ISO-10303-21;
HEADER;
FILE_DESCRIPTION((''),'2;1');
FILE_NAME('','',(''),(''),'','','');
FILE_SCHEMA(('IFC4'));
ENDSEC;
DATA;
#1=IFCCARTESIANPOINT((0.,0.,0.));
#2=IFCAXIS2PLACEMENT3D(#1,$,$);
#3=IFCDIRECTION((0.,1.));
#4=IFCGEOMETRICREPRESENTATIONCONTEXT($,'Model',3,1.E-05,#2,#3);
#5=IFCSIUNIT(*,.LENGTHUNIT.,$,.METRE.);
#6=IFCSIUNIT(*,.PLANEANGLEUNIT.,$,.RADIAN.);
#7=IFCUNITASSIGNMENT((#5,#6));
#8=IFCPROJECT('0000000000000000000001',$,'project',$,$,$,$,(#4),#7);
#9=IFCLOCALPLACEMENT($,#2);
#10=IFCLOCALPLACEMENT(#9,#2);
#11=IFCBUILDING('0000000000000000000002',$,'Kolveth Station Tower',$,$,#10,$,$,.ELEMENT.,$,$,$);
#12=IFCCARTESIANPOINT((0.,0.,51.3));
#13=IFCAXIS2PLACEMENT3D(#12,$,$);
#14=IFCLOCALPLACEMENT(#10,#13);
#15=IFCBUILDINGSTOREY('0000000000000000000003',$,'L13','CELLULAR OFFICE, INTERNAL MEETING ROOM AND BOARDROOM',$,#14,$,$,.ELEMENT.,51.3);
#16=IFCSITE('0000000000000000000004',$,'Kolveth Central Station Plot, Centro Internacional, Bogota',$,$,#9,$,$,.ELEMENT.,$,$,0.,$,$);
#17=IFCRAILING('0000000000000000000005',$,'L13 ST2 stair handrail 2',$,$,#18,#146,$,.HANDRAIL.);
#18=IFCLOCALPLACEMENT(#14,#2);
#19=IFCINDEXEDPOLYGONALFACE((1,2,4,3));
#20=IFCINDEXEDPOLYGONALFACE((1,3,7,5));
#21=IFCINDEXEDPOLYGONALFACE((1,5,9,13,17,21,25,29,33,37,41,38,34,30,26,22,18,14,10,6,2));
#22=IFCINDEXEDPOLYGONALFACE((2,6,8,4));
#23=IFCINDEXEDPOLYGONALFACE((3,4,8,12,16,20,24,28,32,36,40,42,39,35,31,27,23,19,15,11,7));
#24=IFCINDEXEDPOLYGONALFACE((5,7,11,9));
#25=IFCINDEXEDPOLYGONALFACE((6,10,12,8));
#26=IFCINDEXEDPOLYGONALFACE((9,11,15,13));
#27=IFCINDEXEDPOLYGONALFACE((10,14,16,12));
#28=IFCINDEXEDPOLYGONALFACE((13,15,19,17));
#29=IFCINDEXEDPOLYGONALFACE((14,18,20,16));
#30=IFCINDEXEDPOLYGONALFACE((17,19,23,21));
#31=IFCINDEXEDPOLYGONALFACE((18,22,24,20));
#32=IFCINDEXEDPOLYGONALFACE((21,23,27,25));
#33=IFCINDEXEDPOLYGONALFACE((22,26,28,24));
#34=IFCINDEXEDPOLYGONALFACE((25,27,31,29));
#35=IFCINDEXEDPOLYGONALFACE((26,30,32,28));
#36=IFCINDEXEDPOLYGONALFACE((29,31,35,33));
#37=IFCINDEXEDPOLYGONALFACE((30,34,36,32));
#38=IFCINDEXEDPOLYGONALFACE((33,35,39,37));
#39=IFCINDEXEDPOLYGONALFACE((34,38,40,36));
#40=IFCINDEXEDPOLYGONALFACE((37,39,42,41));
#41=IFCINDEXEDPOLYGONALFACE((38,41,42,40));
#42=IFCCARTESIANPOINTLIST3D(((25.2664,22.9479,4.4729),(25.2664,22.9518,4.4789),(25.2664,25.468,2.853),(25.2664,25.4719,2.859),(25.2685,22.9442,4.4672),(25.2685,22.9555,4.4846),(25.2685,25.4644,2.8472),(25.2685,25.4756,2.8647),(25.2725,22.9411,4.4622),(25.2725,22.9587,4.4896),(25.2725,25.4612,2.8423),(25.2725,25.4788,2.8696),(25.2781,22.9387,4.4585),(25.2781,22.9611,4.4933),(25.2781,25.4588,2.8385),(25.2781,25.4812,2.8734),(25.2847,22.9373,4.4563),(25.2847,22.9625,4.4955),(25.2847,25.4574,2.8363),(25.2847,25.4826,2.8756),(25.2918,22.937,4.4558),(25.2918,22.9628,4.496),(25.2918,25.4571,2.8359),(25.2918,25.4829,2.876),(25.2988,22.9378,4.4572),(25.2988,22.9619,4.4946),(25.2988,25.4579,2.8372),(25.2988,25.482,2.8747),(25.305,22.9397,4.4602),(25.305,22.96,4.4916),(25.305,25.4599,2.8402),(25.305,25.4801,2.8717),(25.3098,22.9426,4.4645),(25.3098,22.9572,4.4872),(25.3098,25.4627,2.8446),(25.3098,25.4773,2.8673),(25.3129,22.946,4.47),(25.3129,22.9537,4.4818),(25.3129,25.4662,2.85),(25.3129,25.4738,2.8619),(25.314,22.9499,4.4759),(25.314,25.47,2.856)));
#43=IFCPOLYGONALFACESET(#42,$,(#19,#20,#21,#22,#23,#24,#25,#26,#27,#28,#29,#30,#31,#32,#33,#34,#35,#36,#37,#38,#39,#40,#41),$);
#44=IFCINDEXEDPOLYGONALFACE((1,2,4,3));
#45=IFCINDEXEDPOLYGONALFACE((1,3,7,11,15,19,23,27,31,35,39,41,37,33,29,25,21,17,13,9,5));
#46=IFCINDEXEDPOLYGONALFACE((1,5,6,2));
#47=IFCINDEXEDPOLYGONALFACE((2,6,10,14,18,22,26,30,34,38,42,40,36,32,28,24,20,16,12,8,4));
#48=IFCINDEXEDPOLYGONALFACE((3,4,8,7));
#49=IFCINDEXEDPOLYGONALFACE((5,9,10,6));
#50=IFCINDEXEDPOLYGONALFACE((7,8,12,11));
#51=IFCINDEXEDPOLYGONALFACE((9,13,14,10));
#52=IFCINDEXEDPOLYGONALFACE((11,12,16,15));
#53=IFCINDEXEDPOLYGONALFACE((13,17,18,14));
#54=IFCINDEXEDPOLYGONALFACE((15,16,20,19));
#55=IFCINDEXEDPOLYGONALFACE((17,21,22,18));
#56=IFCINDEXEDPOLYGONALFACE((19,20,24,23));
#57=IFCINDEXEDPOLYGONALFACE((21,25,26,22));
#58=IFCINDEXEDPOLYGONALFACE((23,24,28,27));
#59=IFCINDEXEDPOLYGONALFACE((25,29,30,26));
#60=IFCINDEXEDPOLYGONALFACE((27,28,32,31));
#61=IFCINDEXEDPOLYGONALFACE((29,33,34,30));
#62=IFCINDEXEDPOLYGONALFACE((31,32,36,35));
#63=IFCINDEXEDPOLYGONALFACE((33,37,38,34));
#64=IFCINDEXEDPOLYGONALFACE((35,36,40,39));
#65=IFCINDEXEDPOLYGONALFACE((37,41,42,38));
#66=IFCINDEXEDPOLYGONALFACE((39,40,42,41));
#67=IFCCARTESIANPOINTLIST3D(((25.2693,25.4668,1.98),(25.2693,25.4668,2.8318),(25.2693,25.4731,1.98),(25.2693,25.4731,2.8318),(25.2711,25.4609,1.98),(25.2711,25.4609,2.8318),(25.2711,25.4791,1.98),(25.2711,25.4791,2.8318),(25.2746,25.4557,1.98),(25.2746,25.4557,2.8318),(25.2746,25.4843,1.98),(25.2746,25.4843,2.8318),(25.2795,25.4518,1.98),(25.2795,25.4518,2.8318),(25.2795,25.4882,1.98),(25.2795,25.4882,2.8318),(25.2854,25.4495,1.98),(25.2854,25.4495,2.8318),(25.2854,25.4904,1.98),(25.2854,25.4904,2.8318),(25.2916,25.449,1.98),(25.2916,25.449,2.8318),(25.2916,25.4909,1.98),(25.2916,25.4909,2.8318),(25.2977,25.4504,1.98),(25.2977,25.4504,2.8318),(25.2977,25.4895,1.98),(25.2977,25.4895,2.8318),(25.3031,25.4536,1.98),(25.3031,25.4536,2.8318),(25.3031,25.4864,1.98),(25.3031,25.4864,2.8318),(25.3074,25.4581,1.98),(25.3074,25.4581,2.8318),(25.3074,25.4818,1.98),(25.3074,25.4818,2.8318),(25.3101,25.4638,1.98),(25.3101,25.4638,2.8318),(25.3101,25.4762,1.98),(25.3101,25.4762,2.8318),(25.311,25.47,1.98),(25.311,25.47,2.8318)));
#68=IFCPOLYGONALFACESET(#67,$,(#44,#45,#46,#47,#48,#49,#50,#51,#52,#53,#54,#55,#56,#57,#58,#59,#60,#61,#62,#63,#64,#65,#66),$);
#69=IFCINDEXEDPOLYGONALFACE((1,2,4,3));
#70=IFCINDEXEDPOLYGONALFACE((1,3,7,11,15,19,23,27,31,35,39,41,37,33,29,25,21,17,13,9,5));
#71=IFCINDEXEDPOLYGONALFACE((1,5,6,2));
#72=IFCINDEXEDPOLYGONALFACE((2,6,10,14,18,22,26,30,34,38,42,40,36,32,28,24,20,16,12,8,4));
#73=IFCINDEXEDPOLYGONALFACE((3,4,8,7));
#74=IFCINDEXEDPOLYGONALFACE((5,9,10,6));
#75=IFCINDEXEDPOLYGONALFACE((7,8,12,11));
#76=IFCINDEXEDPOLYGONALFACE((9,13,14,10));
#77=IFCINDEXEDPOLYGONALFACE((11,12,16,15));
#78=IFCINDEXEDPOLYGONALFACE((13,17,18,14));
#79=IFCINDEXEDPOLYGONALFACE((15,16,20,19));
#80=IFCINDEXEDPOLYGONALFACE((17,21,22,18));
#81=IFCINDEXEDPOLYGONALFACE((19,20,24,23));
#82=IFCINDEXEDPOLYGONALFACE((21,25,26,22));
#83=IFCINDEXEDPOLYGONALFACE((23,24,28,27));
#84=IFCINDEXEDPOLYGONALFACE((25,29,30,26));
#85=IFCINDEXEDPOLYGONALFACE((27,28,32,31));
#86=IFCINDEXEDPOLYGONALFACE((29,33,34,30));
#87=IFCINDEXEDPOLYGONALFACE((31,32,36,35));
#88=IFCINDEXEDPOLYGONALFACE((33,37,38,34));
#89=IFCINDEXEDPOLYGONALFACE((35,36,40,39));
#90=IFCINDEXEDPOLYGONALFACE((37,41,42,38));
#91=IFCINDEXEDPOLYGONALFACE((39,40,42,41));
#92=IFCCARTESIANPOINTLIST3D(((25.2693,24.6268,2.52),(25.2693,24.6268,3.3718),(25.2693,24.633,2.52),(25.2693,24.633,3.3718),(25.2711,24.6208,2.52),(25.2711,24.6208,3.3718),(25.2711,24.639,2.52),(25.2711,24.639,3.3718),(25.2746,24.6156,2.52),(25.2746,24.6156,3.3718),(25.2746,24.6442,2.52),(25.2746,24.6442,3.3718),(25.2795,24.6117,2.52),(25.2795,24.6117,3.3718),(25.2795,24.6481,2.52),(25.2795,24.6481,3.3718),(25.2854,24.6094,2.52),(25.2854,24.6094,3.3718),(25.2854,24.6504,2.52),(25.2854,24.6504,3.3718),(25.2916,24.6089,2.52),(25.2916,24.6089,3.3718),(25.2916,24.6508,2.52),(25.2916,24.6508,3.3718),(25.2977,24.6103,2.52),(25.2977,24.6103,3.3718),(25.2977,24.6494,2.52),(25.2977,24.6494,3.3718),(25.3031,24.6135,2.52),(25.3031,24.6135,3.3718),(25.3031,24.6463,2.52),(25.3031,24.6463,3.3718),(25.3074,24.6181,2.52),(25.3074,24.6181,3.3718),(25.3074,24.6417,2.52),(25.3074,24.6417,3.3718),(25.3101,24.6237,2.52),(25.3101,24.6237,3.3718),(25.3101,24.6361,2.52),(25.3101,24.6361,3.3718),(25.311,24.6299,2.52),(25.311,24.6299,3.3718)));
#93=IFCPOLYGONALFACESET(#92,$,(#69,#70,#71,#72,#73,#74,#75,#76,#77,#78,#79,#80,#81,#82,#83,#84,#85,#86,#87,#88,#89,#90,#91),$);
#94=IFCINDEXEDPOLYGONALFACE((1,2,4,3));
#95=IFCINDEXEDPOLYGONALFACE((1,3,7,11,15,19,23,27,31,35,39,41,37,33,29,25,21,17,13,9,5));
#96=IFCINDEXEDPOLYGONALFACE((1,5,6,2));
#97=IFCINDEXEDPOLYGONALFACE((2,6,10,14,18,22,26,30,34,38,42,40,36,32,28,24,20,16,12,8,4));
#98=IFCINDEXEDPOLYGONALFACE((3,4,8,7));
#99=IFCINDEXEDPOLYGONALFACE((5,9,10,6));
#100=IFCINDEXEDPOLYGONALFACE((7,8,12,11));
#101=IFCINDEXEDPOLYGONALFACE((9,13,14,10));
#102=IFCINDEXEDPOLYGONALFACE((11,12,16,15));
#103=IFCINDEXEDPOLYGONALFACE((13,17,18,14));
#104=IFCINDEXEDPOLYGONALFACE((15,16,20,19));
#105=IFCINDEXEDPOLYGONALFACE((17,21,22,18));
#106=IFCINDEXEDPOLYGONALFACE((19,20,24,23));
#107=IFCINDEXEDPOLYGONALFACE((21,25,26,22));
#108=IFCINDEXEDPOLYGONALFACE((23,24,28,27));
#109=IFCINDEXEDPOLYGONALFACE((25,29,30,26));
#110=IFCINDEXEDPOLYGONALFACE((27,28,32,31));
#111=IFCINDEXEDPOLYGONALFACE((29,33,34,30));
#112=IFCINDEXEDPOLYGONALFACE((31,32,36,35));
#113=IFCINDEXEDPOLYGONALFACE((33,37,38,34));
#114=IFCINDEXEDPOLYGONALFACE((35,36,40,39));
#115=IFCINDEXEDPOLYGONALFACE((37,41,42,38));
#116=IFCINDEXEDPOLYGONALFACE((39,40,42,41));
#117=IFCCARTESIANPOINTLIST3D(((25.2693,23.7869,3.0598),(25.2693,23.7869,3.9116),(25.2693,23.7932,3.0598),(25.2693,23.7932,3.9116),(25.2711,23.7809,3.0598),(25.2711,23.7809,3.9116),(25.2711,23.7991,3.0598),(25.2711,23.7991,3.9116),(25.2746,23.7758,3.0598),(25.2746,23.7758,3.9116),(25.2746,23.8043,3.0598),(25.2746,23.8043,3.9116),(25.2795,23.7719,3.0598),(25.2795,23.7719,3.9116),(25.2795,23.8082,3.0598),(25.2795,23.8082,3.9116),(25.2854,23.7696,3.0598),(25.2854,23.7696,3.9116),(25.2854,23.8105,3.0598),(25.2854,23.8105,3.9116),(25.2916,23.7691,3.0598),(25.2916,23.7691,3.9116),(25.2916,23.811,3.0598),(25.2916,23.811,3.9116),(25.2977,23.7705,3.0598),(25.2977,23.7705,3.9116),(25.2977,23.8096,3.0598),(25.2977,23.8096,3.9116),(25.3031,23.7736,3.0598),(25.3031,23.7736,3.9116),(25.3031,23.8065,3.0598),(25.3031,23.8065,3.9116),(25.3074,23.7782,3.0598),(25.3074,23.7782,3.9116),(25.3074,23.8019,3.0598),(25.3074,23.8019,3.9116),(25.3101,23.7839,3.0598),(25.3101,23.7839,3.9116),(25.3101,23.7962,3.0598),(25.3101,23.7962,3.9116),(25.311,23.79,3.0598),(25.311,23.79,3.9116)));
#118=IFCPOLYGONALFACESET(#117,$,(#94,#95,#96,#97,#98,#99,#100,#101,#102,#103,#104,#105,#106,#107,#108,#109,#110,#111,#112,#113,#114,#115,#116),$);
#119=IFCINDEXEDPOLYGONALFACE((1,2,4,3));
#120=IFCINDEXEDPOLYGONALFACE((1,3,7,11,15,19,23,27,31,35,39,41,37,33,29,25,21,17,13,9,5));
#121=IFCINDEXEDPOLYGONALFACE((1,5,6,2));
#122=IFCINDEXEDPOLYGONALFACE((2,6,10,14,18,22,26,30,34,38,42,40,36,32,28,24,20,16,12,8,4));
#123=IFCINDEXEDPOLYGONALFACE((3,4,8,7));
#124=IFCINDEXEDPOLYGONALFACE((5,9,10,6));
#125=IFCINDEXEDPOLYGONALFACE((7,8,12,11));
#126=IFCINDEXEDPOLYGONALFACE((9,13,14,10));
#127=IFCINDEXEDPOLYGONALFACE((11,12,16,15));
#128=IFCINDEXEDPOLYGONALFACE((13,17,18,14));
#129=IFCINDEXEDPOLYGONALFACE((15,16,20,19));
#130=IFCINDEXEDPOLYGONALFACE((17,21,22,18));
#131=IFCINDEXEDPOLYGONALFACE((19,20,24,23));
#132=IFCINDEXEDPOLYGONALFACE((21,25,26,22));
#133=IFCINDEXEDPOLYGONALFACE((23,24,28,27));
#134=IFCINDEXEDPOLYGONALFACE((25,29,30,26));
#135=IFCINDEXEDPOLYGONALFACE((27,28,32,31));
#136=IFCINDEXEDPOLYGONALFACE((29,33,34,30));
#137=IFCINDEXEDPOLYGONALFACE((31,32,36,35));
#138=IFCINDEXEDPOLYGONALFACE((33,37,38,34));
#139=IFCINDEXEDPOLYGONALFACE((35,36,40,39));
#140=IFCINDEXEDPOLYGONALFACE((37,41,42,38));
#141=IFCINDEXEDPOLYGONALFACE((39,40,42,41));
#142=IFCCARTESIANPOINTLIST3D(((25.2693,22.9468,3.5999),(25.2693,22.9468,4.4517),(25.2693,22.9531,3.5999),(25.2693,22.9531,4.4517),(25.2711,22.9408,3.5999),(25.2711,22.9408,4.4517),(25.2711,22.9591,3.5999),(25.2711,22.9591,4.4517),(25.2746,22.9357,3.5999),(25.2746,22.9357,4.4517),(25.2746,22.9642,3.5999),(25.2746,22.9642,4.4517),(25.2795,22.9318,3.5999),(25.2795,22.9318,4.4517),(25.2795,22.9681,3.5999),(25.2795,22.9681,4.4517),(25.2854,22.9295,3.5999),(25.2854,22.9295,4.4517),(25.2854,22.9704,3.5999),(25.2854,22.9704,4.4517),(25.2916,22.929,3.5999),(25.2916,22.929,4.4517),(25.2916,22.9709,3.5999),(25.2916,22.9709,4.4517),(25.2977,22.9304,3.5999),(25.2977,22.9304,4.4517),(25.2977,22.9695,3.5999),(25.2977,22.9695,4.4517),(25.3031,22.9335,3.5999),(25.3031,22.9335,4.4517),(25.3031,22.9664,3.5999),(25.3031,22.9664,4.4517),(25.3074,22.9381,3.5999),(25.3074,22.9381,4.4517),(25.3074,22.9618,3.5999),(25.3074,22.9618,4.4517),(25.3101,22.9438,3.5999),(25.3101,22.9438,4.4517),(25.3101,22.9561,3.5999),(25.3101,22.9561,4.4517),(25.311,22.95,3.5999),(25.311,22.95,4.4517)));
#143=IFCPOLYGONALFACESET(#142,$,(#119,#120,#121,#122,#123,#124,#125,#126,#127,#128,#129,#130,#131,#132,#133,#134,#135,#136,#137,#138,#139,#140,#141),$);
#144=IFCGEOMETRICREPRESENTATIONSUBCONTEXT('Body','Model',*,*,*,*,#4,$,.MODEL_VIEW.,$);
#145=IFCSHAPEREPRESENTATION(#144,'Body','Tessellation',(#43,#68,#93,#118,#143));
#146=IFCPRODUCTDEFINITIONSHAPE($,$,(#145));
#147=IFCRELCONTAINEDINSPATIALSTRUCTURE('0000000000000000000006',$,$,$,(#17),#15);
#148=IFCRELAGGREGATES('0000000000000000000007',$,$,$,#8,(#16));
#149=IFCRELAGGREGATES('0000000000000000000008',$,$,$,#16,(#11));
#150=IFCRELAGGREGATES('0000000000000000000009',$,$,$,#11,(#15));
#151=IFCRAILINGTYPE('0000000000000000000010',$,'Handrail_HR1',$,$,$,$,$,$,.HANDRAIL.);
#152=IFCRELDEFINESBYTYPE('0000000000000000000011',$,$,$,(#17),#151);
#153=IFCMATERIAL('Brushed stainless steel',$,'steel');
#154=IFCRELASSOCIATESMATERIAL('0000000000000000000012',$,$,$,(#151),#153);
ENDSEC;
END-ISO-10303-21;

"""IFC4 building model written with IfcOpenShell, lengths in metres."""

from ifc_helpers import new_model, si_unit, direction, frame, origin, origin_2d, place, context, subcontext, project, spatial, circle, extrude, material, type_object, element, save


model = new_model("IFC4")

# Units and contexts
model_context = context("Model", 3, precision=1e-05, world=origin(), true_north=direction((0.0, 1.0)))
body_context = subcontext(model_context, "Body", "Model", "MODEL_VIEW")
ifc_project = project(units=[si_unit("LENGTHUNIT", "METRE"), si_unit("PLANEANGLEUNIT", "RADIAN")], contexts=[model_context])

# Site, building, storey
site_placement = place(None, origin())
site = spatial("IfcSite", under=ifc_project, at=site_placement, Name="Kolveth Central Station Plot, Centro Internacional, Bogota", CompositionType="ELEMENT", RefElevation=0.0)
building_placement = place(site_placement, origin())
building = spatial("IfcBuilding", under=site, at=building_placement, Name="Kolveth Station Tower", CompositionType="ELEMENT")
storey_placement = place(building_placement, frame((0.0, 0.0, 51.3)))
storey = spatial("IfcBuildingStorey", under=building, at=storey_placement, Name="L13", Description="CELLULAR OFFICE, INTERNAL MEETING ROOM AND BOARDROOM", CompositionType="ELEMENT", Elevation=51.3)

# Railing
ifc_material_1 = material(Name="Brushed stainless steel", Category="steel")
railing_type_1 = type_object("IfcRailingType", Name="Handrail_HR1", PredefinedType="HANDRAIL", material=ifc_material_1)
railing_1_placement = place(storey_placement, frame((25.29, 25.47, 1.98)))
element("IfcRailing", 1, at=railing_1_placement, inside=storey, type_object=railing_type_1, Name="L13 ST2 stair handrail 2", PredefinedType="HANDRAIL", context=body_context, shape_type="SweptSolid", body=[
    extrude(circle(Radius=0.0239, at=origin_2d()), frame((0.0, 0.0, 0.876), z_axis=(0.0, -0.8412, 0.540725), x_axis=(1.0, 0.0, 0.0)), (0.0, 0.0, 1.0), 2.9958),
    extrude(circle(Radius=0.021, at=origin_2d()), origin(), (0.0, 0.0, 1.0), 0.8518),
    extrude(circle(Radius=0.021, at=origin_2d()), frame((0.0, -0.8401, 0.54)), (0.0, 0.0, 1.0), 0.8518),
    extrude(circle(Radius=0.021, at=origin_2d()), frame((0.0, -1.6799, 1.0798)), (0.0, 0.0, 1.0), 0.8518),
    extrude(circle(Radius=0.021, at=origin_2d()), frame((0.0, -2.52, 1.6199)), (0.0, 0.0, 1.0), 0.8518),
])

save(model, "model.ifc")
